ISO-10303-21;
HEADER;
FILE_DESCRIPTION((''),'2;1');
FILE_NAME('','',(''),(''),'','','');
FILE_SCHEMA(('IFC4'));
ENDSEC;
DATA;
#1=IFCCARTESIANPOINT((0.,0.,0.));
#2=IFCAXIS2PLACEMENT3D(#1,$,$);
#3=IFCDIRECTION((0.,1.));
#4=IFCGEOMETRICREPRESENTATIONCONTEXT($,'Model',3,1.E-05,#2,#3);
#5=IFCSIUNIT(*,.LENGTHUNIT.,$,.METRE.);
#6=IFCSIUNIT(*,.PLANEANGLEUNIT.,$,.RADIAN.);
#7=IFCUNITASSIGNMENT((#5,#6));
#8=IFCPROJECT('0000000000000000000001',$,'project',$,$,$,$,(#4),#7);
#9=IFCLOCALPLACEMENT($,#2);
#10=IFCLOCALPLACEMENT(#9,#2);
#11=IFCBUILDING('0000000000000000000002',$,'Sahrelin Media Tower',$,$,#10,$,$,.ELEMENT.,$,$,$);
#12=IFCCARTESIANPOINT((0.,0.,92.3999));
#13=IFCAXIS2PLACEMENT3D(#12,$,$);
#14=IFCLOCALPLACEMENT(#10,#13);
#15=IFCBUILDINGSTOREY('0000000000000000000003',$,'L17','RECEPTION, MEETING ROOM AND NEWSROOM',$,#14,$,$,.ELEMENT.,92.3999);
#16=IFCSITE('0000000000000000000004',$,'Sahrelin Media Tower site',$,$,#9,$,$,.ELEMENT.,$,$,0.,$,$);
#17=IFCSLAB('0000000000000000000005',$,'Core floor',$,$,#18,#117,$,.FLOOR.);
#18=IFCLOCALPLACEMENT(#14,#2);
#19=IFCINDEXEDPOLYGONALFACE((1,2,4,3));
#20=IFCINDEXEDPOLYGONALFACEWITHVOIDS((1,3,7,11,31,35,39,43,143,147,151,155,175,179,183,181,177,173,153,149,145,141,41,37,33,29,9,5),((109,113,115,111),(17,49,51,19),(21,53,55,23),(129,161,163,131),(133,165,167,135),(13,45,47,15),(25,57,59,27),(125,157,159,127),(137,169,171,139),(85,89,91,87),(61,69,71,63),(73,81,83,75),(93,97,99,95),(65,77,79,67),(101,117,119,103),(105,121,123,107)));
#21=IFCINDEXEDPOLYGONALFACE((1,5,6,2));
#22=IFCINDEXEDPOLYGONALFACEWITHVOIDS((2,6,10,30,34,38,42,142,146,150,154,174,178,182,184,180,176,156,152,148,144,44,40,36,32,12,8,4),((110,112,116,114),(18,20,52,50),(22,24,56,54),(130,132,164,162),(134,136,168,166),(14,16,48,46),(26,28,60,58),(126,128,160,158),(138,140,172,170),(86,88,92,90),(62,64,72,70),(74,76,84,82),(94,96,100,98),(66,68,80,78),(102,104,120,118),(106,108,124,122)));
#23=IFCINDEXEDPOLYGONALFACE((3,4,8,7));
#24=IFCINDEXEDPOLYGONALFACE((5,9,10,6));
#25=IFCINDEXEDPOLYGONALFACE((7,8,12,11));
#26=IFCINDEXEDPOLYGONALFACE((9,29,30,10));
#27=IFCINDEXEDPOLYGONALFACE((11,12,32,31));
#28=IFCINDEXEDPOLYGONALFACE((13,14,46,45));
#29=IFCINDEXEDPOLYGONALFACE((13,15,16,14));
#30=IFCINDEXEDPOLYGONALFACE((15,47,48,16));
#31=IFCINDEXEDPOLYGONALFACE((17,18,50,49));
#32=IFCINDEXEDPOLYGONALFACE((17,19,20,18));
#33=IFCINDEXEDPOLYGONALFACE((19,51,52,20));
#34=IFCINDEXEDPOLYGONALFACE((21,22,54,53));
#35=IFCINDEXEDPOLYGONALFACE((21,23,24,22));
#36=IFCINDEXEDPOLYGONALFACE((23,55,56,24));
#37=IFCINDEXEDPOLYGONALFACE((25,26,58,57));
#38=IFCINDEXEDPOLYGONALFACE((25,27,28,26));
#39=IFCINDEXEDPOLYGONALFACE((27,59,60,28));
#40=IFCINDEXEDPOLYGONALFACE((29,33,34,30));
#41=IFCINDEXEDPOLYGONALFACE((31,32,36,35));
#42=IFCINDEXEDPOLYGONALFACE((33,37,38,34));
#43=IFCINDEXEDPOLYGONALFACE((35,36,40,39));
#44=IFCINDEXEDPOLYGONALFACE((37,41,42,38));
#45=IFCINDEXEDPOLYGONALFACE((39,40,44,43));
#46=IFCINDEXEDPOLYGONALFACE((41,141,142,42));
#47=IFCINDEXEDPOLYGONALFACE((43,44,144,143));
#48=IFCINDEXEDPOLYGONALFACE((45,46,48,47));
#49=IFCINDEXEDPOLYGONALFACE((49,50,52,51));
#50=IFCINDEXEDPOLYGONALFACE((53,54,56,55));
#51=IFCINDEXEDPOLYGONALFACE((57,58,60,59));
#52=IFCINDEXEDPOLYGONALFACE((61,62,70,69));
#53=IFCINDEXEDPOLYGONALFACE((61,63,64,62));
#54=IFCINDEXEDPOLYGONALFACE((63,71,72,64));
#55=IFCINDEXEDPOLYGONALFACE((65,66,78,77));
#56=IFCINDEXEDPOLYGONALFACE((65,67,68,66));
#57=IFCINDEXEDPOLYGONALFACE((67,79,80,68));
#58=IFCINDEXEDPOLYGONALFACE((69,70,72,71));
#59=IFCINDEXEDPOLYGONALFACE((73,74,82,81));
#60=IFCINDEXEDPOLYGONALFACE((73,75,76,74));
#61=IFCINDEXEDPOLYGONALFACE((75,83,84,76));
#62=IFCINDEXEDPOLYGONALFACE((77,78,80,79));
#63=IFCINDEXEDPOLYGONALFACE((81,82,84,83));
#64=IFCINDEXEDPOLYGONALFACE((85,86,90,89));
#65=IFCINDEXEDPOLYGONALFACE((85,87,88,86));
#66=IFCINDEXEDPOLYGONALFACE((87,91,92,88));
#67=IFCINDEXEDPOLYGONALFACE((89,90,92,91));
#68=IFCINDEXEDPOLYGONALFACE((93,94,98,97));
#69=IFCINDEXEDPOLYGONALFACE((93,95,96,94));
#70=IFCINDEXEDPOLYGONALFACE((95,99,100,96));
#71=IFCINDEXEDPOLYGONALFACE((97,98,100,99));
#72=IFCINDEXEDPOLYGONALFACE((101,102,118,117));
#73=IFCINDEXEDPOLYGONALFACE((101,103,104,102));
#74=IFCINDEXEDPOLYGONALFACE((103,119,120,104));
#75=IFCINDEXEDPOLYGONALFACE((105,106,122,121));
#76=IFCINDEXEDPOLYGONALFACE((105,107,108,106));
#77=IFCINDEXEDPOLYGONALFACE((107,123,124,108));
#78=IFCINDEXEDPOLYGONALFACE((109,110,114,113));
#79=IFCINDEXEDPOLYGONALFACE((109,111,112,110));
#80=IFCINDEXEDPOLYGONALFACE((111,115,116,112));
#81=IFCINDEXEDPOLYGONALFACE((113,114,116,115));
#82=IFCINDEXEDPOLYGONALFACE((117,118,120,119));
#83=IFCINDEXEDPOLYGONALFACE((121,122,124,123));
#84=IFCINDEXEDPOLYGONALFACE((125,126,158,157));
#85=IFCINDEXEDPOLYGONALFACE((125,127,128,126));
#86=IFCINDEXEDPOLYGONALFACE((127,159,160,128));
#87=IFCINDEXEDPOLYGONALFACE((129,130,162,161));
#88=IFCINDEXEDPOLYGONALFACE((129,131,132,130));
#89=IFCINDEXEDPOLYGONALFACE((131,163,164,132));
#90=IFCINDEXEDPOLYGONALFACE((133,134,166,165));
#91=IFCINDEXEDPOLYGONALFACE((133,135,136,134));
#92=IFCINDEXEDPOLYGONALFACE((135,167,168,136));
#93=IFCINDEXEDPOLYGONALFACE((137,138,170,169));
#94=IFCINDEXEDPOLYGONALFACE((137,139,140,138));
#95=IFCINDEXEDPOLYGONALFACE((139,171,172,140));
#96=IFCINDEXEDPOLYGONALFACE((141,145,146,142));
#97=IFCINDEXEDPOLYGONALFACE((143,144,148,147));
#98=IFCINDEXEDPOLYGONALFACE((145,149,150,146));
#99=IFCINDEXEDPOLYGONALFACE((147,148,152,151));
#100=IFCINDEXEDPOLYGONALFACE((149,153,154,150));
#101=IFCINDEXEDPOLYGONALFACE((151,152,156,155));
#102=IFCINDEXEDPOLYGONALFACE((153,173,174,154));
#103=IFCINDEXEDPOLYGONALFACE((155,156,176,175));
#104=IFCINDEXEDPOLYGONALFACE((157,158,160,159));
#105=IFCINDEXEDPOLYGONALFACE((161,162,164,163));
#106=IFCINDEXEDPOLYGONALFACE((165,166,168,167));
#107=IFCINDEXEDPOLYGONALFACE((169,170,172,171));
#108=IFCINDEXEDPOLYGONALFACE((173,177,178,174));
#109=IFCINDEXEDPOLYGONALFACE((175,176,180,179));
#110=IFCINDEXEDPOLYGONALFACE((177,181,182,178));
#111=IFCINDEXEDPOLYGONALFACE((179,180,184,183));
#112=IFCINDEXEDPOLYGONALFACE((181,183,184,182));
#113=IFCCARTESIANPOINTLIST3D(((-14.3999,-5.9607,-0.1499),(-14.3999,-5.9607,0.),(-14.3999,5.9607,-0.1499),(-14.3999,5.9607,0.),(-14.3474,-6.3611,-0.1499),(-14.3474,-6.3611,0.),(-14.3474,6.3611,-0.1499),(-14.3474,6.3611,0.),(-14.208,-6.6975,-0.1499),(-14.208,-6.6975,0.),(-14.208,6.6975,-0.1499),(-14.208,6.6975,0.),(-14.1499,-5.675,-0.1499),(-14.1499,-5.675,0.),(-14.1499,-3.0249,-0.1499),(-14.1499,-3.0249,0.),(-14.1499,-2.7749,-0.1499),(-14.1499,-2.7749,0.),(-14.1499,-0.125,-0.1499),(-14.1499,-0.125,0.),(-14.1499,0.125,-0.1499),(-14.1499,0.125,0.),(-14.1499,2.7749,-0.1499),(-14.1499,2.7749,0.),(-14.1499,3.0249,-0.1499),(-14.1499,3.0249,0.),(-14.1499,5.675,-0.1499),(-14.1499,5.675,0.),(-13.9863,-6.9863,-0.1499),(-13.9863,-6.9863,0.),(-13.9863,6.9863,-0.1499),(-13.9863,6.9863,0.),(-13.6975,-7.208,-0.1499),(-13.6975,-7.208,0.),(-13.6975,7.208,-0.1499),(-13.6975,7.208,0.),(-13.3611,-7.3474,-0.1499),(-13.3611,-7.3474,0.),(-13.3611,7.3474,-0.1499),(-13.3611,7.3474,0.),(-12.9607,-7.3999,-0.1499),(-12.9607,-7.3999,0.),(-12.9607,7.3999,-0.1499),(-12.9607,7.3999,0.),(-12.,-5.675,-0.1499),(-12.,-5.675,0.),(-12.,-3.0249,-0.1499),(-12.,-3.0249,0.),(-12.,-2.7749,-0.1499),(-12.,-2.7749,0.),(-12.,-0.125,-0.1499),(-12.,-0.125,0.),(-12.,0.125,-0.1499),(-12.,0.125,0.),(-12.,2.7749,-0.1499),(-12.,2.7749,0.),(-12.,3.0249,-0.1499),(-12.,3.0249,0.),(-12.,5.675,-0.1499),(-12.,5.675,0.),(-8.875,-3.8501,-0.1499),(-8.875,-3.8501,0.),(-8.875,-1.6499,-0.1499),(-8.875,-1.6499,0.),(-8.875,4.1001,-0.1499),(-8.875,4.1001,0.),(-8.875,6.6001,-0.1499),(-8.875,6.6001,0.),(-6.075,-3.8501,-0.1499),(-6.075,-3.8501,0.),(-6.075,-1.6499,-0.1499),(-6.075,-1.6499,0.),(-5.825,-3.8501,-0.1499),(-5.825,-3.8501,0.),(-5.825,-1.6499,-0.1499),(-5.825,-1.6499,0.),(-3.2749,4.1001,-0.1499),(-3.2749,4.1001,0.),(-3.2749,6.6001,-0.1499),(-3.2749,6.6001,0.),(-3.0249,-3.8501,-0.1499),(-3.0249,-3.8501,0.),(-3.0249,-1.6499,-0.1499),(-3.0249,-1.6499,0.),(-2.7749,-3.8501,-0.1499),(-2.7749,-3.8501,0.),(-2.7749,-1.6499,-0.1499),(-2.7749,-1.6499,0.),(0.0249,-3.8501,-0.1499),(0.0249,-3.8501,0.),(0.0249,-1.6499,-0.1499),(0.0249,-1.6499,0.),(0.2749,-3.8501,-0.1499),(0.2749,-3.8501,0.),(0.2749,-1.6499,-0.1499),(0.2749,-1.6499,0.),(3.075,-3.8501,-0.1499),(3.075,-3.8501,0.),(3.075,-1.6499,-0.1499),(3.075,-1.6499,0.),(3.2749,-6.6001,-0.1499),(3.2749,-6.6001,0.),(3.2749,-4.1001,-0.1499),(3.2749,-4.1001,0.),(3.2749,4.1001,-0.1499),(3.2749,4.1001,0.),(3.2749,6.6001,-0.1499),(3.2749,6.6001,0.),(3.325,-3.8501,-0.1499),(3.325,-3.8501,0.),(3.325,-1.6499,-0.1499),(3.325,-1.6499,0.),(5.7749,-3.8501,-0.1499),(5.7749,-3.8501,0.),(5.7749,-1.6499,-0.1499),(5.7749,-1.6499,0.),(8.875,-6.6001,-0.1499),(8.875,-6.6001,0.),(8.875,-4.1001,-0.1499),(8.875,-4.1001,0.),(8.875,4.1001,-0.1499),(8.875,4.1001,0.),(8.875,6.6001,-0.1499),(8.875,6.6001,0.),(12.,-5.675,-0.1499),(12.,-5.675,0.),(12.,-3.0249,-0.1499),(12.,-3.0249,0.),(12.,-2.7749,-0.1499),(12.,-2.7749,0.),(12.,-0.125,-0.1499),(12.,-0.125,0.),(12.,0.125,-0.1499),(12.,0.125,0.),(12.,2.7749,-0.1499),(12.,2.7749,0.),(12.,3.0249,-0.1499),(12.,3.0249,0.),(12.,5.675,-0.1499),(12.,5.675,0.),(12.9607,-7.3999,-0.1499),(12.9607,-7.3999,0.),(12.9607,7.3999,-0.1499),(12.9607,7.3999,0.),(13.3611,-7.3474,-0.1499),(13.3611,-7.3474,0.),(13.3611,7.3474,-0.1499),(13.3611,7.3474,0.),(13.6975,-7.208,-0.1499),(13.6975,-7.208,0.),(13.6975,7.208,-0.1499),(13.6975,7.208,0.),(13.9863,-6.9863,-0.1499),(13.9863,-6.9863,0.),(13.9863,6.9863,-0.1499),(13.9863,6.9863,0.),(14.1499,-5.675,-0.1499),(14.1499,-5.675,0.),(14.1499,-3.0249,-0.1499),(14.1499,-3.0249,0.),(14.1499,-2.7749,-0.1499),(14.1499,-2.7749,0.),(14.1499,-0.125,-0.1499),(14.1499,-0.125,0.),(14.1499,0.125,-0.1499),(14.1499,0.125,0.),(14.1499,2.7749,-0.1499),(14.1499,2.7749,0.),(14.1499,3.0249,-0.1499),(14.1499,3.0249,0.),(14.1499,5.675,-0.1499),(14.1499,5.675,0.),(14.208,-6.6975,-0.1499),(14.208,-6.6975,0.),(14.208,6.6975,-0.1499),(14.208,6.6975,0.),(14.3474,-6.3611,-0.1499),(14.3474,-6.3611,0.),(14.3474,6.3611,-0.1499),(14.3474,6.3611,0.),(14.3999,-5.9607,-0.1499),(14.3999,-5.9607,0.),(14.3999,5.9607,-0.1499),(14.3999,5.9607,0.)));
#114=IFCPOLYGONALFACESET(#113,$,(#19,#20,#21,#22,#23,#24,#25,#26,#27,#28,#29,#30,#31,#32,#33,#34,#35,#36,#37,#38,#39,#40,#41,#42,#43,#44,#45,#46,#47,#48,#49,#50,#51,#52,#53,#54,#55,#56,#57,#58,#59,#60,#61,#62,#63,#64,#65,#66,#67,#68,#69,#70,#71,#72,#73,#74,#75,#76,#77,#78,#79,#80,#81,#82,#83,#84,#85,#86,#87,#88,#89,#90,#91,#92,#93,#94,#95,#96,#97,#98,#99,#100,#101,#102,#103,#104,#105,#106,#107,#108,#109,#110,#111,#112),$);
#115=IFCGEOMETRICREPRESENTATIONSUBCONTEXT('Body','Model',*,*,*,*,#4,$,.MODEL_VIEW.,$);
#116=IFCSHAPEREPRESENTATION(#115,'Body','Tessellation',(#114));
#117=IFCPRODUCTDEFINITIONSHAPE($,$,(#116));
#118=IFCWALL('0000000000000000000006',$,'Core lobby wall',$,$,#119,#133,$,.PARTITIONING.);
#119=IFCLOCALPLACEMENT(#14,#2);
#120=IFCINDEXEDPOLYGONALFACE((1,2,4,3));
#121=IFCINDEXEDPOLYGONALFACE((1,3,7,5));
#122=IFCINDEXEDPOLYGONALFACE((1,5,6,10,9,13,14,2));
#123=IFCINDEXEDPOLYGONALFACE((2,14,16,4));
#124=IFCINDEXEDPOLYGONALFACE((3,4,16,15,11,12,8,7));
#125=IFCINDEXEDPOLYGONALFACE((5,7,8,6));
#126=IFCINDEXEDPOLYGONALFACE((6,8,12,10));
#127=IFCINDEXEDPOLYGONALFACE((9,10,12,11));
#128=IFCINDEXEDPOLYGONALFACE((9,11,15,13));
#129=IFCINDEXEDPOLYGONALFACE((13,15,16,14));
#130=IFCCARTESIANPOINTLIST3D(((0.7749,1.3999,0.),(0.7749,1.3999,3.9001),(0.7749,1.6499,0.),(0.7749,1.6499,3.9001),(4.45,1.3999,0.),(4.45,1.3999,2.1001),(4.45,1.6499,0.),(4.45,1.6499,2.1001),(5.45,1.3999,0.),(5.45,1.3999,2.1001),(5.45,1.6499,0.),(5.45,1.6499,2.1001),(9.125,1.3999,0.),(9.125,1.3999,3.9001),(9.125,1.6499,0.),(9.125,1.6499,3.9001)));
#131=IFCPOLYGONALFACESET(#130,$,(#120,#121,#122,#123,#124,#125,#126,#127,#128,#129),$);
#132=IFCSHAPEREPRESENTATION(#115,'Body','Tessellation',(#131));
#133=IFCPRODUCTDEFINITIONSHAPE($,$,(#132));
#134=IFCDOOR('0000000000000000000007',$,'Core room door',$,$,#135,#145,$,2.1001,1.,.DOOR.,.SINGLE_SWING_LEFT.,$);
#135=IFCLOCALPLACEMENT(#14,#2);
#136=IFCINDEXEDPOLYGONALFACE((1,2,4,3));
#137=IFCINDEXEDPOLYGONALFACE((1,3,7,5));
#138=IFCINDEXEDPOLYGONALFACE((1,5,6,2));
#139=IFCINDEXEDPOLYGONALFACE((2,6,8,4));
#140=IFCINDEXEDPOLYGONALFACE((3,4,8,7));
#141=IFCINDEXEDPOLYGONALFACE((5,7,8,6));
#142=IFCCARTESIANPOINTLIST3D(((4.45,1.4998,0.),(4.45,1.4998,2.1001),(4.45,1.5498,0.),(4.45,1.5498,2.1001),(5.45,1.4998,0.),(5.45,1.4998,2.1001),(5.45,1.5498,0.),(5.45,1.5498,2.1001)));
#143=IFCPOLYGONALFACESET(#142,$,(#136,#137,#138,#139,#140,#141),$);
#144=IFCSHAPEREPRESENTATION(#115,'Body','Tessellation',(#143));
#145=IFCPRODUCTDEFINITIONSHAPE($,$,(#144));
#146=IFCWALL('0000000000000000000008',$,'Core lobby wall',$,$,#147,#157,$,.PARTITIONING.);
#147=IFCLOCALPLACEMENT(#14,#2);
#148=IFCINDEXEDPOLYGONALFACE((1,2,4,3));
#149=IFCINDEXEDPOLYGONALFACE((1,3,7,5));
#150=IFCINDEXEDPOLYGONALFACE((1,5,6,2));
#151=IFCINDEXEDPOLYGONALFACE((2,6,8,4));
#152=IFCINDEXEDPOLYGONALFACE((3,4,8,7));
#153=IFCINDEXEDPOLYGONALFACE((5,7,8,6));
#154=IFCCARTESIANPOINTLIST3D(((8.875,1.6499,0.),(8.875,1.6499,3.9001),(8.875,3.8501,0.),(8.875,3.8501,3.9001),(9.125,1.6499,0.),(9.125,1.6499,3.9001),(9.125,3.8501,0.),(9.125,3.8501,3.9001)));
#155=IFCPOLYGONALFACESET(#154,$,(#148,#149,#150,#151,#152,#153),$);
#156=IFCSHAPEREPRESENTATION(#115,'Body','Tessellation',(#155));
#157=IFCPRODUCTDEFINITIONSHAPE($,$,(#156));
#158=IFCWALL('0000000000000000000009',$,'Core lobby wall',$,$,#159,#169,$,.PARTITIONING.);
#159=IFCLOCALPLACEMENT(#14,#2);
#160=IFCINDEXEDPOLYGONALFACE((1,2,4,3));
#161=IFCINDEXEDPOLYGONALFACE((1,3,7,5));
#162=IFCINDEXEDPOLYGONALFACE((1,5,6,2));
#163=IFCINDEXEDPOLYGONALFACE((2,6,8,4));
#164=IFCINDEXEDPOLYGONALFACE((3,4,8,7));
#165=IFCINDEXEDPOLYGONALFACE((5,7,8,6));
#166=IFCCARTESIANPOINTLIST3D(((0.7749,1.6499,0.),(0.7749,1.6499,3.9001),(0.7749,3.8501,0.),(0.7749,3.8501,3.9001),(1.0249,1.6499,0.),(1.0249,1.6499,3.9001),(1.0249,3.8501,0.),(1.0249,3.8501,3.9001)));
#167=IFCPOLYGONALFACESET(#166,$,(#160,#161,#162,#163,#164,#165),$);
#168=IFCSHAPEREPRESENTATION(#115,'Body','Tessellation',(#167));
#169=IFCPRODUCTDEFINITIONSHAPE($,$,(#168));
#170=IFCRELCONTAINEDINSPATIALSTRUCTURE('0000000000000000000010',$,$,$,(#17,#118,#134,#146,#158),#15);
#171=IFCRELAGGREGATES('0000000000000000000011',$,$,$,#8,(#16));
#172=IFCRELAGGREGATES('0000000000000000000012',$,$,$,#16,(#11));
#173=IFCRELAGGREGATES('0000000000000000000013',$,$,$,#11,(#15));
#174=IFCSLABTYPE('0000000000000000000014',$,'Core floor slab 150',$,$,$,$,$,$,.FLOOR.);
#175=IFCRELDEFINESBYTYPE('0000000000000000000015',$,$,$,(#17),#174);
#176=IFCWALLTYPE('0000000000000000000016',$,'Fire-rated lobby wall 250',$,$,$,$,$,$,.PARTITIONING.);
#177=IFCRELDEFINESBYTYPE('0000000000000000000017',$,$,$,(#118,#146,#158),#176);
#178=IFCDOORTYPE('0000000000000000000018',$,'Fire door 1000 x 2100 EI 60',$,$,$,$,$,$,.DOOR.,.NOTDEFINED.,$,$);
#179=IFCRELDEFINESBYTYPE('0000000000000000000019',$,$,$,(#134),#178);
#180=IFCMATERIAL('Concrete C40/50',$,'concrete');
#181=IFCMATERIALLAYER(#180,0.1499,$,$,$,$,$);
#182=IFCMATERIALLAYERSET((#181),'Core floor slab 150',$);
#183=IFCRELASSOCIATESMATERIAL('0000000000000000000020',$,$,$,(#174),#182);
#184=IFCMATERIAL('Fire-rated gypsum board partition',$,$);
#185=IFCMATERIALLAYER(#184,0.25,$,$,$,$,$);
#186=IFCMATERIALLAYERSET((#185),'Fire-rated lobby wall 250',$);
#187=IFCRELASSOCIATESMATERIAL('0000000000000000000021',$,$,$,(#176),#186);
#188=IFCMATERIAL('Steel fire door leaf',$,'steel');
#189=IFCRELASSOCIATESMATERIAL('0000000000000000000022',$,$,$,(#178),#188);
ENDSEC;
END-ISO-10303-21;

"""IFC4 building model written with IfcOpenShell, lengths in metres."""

from ifc_helpers import new_model, si_unit, direction, frame, frame_2d, origin, place, context, subcontext, project, spatial, polyline, rectangle, outline, extrude, material, layer, layer_set, type_object, element, fill, save


model = new_model("IFC4")

# Units and contexts
model_context = context("Model", 3, precision=1e-05, world=origin(), true_north=direction((0.0, 1.0)))
body_context = subcontext(model_context, "Body", "Model", "MODEL_VIEW")
ifc_project = project(units=[si_unit("LENGTHUNIT", "METRE"), si_unit("PLANEANGLEUNIT", "RADIAN")], contexts=[model_context])

# Site, building, storey
site_placement = place(None, origin())
site = spatial("IfcSite", under=ifc_project, at=site_placement, Name="Sahrelin Media Tower site", CompositionType="ELEMENT", RefElevation=0.0)
building_placement = place(site_placement, origin())
building = spatial("IfcBuilding", under=site, at=building_placement, Name="Sahrelin Media Tower", CompositionType="ELEMENT")
storey_placement = place(building_placement, frame((0.0, 0.0, 92.3999)))
storey = spatial("IfcBuildingStorey", under=building, at=storey_placement, Name="L17", Description="RECEPTION, MEETING ROOM AND NEWSROOM", CompositionType="ELEMENT", Elevation=92.3999)

# Slab
ifc_material_1 = material(Name="Concrete C40/50", Category="concrete")
ifc_layer_1 = layer(ifc_material_1, 0.1499)
ifc_layer_set_1 = layer_set([ifc_layer_1], Name="Core floor slab 150")
slab_type = type_object("IfcSlabType", Name="Core floor slab 150", PredefinedType="FLOOR", material=ifc_layer_set_1)
slab_placement = place(storey_placement, frame((0.0, 0.0, -0.1499)))
element("IfcSlab", 1, at=slab_placement, inside=storey, type_object=slab_type, Name="Core floor", PredefinedType="FLOOR", context=body_context, shape_type="SweptSolid", body=[
    extrude(outline(polyline([(-14.3474, 6.3611), (-14.3999, 5.9607), (-14.3999, -5.9607), (-14.3474, -6.3611), (-14.208, -6.6975), (-13.9863, -6.9863), (-13.6975, -7.208), (-13.3611, -7.3474), (-12.9607, -7.3999), (12.9607, -7.3999), (13.3611, -7.3474), (13.6975, -7.208), (13.9863, -6.9863), (14.208, -6.6975), (14.3474, -6.3611), (14.3999, -5.9607), (14.3999, 5.9607), (14.3474, 6.3611), (14.208, 6.6975), (13.9863, 6.9863), (13.6975, 7.208), (13.3611, 7.3474), (12.9607, 7.3999), (-12.9607, 7.3999), (-13.3611, 7.3474), (-13.6975, 7.208), (-13.9863, 6.9863), (-14.208, 6.6975), (-14.3474, 6.3611)]), holes=[polyline([(-12.0, 3.0249), (-12.0, 5.675), (-14.1499, 5.675), (-14.1499, 3.0249), (-12.0, 3.0249)]), polyline([(-14.1499, 0.125), (-12.0, 0.125), (-12.0, 2.7749), (-14.1499, 2.7749), (-14.1499, 0.125)]), polyline([(-14.1499, -0.125), (-14.1499, -2.7749), (-12.0, -2.7749), (-12.0, -0.125), (-14.1499, -0.125)]), polyline([(-12.0, -3.0249), (-14.1499, -3.0249), (-14.1499, -5.675), (-12.0, -5.675), (-12.0, -3.0249)]), polyline([(14.1499, 3.0249), (14.1499, 5.675), (12.0, 5.675), (12.0, 3.0249), (14.1499, 3.0249)]), polyline([(12.0, 0.125), (14.1499, 0.125), (14.1499, 2.7749), (12.0, 2.7749), (12.0, 0.125)]), polyline([(12.0, -0.125), (12.0, -2.7749), (14.1499, -2.7749), (14.1499, -0.125), (12.0, -0.125)]), polyline([(14.1499, -3.0249), (12.0, -3.0249), (12.0, -5.675), (14.1499, -5.675), (14.1499, -3.0249)]), polyline([(-6.075, -3.8501), (-6.075, -1.6499), (-8.875, -1.6499), (-8.875, -3.8501), (-6.075, -3.8501)]), polyline([(-5.825, -3.8501), (-3.0249, -3.8501), (-3.0249, -1.6499), (-5.825, -1.6499), (-5.825, -3.8501)]), polyline([(-2.7749, -1.6499), (-2.7749, -3.8501), (0.0249, -3.8501), (0.0249, -1.6499), (-2.7749, -1.6499)]), polyline([(3.075, -1.6499), (0.2749, -1.6499), (0.2749, -3.8501), (3.075, -3.8501), (3.075, -1.6499)]), polyline([(5.7749, -3.8501), (5.7749, -1.6499), (3.325, -1.6499), (3.325, -3.8501), (5.7749, -3.8501)]), polyline([(-8.875, 6.6001), (-8.875, 4.1001), (-3.2749, 4.1001), (-3.2749, 6.6001), (-8.875, 6.6001)]), polyline([(3.2749, 4.1001), (8.875, 4.1001), (8.875, 6.6001), (3.2749, 6.6001), (3.2749, 4.1001)]), polyline([(3.2749, -4.1001), (3.2749, -6.6001), (8.875, -6.6001), (8.875, -4.1001), (3.2749, -4.1001)])]), origin(), (0.0, 0.0, 1.0), 0.1499),
])

# Wall, opening, door
ifc_material_2 = material(Name="Fire-rated gypsum board partition")
ifc_layer_2 = layer(ifc_material_2, 0.25)
ifc_layer_set_2 = layer_set([ifc_layer_2], Name="Fire-rated lobby wall 250")
wall_type_1 = type_object("IfcWallType", Name="Fire-rated lobby wall 250", PredefinedType="PARTITIONING", material=ifc_layer_set_2)
wall_1_placement = place(storey_placement, frame((0.7749, 1.5249, 0.0), z_axis=(0.0, 0.0, 1.0), x_axis=(1.0, 0.0, 0.0)))
wall_1 = element("IfcWall", 2, at=wall_1_placement, inside=storey, type_object=wall_type_1, Name="Core lobby wall", PredefinedType="PARTITIONING", context=body_context, shape_type="SweptSolid", body=[
    extrude(rectangle(XDim=8.3501, YDim=0.25, at=frame_2d((4.175, 0.0))), origin(), (0.0, 0.0, 1.0), 3.9001),
])
opening_1_placement = place(wall_1_placement, frame((3.675, 0.0, 0.0)))
opening_1 = element("IfcOpeningElement", 3, at=opening_1_placement, cuts=wall_1, PredefinedType="OPENING", context=body_context, shape_type="SweptSolid", body=[
    extrude(rectangle(XDim=1.0, YDim=2.1001, at=frame_2d((0.5, 1.05))), frame((0.0, 0.125, 0.0), z_axis=(0.0, -1.0, 0.0), x_axis=(1.0, 0.0, 0.0)), (0.0, 0.0, 1.0), 0.25),
])
ifc_material_3 = material(Name="Steel fire door leaf", Category="steel")
door_type_1 = type_object("IfcDoorType", Name="Fire door 1000 x 2100 EI 60", OperationType="NOTDEFINED", PredefinedType="DOOR", material=ifc_material_3)
door_1_placement = place(opening_1_placement, origin())
door_1 = element("IfcDoor", 4, at=door_1_placement, inside=storey, type_object=door_type_1, Name="Core room door", OperationType="SINGLE_SWING_LEFT", OverallHeight=2.1001, OverallWidth=1.0, PredefinedType="DOOR", context=body_context, shape_type="SweptSolid", body=[
    extrude(rectangle(XDim=1.0, YDim=2.1001, at=frame_2d((0.5, 1.05))), frame((0.0, 0.0249, 0.0), z_axis=(0.0, -1.0, 0.0), x_axis=(1.0, 0.0, 0.0)), (0.0, 0.0, 1.0), 0.05),
])
fill(opening_1, door_1)

# Walls
for number, where, z_axis, x_axis, name in (
    (5, (9.0, 1.6499, 0.0), (0.0, 0.0, 1.0), (0.0, 1.0, 0.0), "Core lobby wall"),
    (6, (0.8999, 1.6499, 0.0), (0.0, 0.0, 1.0), (0.0, 1.0, 0.0), "Core lobby wall"),
):
    element("IfcWall", number, at=place(storey_placement, frame(where, z_axis=z_axis, x_axis=x_axis)), inside=storey, type_object=wall_type_1, Name=name, PredefinedType="PARTITIONING", context=body_context, shape_type="SweptSolid", body=[
        extrude(rectangle(XDim=2.2002, YDim=0.25, at=frame_2d((1.1001, 0.0))), origin(), (0.0, 0.0, 1.0), 3.9001),
    ])

save(model, "model.ifc")
